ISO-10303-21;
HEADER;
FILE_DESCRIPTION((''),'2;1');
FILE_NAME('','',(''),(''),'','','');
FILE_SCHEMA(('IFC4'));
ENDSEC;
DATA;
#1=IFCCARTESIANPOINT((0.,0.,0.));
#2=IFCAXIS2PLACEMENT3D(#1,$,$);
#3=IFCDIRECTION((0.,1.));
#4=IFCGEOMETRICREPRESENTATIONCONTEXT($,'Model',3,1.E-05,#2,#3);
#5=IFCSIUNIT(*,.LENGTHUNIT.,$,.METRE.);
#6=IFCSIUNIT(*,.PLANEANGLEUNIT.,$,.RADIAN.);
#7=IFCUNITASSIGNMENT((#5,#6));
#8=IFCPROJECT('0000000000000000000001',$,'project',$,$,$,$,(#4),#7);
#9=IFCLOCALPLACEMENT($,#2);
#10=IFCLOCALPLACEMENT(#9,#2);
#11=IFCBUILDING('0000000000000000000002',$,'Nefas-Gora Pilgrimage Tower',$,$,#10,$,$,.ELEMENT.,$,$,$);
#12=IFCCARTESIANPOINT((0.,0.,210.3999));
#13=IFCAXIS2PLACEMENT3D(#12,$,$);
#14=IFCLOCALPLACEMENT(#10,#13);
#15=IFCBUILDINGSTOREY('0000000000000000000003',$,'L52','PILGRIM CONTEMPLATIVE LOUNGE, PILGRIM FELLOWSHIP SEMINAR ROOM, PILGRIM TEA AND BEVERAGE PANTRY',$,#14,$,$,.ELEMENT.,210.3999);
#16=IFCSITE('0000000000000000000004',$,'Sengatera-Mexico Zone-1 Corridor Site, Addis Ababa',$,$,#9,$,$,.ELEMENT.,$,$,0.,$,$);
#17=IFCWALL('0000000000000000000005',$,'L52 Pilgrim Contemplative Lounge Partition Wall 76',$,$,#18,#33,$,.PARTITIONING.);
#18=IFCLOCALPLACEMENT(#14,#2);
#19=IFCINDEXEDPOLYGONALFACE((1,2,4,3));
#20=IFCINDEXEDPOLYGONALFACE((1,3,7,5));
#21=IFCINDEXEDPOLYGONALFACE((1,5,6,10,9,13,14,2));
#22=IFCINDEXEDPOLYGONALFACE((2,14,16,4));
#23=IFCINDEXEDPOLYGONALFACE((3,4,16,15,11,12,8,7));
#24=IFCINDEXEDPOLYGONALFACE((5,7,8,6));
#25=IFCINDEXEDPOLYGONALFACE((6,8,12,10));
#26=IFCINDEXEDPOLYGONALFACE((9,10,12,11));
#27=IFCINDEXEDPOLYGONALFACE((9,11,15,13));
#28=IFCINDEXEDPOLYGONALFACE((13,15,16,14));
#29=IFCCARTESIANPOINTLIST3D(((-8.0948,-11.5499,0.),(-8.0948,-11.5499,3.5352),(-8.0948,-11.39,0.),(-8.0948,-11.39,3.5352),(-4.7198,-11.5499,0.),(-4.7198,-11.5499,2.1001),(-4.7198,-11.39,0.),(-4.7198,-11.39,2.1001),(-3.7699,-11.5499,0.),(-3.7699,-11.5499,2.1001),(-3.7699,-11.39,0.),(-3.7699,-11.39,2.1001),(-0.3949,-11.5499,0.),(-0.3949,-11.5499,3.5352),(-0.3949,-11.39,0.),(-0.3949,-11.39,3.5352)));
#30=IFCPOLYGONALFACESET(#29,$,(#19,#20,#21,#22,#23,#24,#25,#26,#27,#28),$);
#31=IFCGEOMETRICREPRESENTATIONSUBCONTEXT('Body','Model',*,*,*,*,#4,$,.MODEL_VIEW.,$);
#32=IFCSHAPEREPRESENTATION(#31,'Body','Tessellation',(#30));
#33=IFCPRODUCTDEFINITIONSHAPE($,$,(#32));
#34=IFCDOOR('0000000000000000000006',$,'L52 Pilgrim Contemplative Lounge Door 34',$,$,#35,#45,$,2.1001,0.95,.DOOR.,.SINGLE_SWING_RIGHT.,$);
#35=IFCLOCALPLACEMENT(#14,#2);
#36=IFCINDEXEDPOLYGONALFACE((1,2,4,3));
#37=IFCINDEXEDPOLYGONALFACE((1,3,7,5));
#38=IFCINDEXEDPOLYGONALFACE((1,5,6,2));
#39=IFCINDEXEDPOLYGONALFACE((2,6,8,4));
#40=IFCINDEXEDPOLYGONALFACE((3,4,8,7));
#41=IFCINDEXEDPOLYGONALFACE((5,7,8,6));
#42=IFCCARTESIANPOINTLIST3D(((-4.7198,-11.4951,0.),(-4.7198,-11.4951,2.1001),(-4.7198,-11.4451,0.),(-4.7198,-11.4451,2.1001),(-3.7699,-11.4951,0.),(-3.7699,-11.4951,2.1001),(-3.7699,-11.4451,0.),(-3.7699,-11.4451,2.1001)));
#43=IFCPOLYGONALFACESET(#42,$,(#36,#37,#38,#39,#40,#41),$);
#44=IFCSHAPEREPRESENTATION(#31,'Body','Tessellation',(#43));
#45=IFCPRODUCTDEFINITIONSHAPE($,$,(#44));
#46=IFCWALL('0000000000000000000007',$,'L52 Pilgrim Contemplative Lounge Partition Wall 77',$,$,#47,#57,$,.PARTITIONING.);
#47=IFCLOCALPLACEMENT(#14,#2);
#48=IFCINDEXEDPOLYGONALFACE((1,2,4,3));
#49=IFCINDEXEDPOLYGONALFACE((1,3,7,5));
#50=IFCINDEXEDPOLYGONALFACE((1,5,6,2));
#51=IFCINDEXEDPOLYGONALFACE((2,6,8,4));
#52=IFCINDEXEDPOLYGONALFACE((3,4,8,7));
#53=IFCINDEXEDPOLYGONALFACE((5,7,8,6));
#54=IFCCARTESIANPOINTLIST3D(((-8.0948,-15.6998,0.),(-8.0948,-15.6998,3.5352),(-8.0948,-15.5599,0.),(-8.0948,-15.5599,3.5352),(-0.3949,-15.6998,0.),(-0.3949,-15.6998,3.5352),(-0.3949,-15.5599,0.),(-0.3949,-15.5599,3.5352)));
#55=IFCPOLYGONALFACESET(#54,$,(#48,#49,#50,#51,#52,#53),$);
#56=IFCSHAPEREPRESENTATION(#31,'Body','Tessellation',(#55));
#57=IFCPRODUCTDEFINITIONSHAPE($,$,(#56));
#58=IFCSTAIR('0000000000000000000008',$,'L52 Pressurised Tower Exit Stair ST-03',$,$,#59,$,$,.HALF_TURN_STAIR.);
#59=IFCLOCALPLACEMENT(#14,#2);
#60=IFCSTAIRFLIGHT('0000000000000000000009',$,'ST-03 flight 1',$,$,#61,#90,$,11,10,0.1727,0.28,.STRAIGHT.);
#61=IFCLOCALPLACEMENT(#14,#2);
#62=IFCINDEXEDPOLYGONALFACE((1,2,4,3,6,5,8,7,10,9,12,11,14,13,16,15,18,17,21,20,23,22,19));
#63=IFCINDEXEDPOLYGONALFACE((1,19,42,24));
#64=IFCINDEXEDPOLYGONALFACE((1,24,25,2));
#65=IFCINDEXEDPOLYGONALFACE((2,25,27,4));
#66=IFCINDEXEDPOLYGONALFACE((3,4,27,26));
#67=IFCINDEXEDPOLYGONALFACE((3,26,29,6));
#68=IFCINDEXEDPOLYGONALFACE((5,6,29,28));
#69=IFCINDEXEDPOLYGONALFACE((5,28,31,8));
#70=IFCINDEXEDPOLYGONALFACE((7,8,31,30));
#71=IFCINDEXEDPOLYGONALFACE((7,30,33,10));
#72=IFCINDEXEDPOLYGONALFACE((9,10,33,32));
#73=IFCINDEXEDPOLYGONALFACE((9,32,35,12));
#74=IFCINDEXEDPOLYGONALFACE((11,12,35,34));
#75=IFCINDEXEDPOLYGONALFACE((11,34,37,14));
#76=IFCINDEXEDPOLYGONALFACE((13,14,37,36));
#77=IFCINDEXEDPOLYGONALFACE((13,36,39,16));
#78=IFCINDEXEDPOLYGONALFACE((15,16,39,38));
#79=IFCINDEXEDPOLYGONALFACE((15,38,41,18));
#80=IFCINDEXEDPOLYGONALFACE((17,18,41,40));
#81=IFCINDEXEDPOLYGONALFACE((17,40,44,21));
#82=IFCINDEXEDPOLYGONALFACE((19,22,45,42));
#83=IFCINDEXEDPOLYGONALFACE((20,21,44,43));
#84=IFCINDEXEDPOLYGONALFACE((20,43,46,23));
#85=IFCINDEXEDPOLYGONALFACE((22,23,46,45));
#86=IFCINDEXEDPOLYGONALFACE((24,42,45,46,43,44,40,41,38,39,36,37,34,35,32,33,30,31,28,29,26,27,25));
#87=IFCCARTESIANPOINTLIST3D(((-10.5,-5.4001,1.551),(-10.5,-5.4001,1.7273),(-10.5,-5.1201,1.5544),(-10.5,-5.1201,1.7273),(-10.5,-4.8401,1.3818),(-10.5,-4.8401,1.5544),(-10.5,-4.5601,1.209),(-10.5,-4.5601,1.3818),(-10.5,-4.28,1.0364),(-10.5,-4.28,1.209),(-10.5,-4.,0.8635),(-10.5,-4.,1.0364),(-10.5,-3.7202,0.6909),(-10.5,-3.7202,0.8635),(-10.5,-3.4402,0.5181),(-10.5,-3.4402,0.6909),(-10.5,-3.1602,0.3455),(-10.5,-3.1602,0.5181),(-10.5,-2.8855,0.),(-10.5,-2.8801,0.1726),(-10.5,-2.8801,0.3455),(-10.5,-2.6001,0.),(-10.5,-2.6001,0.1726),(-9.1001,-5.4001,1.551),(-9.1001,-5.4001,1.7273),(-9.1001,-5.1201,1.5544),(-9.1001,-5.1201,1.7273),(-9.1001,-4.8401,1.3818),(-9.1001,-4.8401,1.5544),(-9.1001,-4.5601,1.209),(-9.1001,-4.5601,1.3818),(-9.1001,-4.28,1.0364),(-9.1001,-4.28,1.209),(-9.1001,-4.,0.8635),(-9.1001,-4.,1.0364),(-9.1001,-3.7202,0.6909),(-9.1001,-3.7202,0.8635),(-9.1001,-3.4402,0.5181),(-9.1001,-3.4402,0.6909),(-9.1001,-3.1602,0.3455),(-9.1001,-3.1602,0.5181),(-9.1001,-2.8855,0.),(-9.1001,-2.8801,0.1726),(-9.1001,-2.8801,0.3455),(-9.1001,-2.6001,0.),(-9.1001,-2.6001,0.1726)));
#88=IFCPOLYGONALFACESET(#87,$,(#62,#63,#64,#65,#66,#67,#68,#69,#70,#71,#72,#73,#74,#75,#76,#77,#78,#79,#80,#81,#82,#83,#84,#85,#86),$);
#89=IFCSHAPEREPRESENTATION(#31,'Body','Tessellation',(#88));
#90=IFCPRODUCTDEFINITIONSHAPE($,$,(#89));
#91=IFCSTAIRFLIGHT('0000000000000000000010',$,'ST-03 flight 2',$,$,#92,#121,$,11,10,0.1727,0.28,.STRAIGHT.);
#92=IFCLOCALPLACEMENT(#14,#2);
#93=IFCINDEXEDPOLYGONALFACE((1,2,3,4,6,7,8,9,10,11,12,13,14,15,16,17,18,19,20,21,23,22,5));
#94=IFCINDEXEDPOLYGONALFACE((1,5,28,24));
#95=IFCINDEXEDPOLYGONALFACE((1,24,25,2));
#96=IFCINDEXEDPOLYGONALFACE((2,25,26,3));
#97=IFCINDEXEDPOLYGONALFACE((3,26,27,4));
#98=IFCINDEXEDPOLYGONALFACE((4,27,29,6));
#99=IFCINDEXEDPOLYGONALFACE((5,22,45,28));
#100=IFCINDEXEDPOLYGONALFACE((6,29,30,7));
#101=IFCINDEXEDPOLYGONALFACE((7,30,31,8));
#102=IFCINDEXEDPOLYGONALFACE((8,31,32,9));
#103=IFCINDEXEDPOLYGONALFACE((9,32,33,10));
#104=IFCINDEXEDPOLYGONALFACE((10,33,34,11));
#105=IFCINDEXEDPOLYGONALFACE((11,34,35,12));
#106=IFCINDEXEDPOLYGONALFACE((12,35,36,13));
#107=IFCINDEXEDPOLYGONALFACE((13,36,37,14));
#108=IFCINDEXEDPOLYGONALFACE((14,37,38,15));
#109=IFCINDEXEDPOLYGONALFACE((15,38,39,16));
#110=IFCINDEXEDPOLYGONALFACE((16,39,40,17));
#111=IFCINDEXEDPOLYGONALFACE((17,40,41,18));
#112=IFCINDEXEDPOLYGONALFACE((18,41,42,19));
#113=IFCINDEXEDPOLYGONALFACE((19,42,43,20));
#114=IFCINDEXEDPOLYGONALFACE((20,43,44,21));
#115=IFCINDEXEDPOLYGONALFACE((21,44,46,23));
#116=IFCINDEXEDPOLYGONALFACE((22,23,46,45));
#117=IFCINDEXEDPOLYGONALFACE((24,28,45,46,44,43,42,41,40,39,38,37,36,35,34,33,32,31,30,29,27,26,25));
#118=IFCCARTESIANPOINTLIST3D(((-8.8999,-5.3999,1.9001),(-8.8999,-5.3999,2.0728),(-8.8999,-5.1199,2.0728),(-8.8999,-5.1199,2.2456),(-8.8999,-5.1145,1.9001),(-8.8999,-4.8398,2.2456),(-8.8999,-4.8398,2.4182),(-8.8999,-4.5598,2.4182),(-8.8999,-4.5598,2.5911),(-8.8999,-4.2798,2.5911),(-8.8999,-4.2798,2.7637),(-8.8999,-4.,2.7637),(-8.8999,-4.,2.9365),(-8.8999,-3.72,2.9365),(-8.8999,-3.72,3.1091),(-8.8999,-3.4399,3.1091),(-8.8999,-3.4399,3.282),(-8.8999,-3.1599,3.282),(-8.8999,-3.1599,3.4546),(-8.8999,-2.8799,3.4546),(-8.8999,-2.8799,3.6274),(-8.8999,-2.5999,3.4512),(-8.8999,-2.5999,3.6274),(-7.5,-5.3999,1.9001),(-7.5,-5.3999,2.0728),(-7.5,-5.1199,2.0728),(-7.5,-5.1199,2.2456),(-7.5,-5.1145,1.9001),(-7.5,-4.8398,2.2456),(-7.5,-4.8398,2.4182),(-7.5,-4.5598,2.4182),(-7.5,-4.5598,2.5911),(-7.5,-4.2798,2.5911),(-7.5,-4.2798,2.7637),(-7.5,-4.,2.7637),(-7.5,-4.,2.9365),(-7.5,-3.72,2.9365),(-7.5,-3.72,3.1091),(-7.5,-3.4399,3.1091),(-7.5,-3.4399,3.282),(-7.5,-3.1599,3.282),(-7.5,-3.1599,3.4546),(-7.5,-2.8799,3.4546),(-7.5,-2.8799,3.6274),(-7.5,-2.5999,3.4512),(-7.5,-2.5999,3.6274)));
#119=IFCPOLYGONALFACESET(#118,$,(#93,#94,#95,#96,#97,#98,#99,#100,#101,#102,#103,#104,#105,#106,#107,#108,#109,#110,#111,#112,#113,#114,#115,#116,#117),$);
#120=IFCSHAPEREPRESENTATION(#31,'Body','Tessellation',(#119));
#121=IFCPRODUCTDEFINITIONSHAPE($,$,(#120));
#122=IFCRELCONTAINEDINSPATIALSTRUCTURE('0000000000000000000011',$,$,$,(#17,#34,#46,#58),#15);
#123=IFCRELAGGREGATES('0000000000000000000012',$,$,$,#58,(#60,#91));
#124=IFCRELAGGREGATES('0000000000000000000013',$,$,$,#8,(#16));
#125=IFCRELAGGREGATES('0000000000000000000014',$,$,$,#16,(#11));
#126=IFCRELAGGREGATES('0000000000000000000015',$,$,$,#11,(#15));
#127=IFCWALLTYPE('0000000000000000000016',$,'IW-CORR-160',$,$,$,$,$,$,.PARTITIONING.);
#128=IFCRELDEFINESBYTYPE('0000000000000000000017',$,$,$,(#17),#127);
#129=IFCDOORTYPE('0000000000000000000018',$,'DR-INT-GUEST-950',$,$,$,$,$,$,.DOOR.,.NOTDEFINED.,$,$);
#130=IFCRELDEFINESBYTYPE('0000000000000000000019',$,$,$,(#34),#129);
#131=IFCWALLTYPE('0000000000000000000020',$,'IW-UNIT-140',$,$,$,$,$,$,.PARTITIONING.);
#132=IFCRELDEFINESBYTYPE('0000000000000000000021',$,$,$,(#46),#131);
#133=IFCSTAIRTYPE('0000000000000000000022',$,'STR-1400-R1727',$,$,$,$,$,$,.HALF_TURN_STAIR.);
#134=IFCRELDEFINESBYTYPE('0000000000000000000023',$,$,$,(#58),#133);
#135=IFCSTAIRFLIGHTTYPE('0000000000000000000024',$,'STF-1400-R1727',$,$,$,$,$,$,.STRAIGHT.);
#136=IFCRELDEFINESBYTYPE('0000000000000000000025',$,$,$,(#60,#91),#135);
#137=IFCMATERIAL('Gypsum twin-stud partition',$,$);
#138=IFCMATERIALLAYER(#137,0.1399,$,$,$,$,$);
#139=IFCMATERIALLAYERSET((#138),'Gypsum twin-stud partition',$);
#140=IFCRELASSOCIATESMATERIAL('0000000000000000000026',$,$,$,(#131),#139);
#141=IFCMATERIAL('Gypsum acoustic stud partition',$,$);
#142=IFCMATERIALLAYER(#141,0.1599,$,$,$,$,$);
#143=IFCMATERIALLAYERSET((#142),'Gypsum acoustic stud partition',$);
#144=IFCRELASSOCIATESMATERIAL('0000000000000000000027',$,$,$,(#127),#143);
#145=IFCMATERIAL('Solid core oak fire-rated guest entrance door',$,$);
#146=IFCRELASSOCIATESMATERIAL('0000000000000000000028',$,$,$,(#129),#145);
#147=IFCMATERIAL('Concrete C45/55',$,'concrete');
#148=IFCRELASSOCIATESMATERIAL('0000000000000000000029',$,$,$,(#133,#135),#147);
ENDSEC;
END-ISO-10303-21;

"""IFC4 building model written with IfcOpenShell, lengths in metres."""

from ifc_helpers import new_model, si_unit, direction, frame, frame_2d, origin, place, context, subcontext, project, spatial, polyline, rectangle, outline, extrude, source, transform, mapped, material, layer, layer_set, type_object, element, fill, aggregate, save


model = new_model("IFC4")

# Units and contexts
model_context = context("Model", 3, precision=1e-05, world=origin(), true_north=direction((0.0, 1.0)))
body_context = subcontext(model_context, "Body", "Model", "MODEL_VIEW")
ifc_project = project(units=[si_unit("LENGTHUNIT", "METRE"), si_unit("PLANEANGLEUNIT", "RADIAN")], contexts=[model_context])

# Site, building, storey
site_placement = place(None, origin())
site = spatial("IfcSite", under=ifc_project, at=site_placement, Name="Sengatera-Mexico Zone-1 Corridor Site, Addis Ababa", CompositionType="ELEMENT", RefElevation=0.0)
building_placement = place(site_placement, origin())
building = spatial("IfcBuilding", under=site, at=building_placement, Name="Nefas-Gora Pilgrimage Tower", CompositionType="ELEMENT")
storey_placement = place(building_placement, frame((0.0, 0.0, 210.3999)))
storey = spatial("IfcBuildingStorey", under=building, at=storey_placement, Name="L52", Description="PILGRIM CONTEMPLATIVE LOUNGE, PILGRIM FELLOWSHIP SEMINAR ROOM, PILGRIM TEA AND BEVERAGE PANTRY", CompositionType="ELEMENT", Elevation=210.3999)

# Shared definitions
ifc_material_1 = material(Name="Gypsum twin-stud partition")
ifc_layer_1 = layer(ifc_material_1, 0.1399)
ifc_layer_set_1 = layer_set([ifc_layer_1], Name="Gypsum twin-stud partition")
wall_type_1 = type_object("IfcWallType", Name="IW-UNIT-140", PredefinedType="PARTITIONING", material=ifc_layer_set_1)
ifc_material_2 = material(Name="Gypsum acoustic stud partition")
ifc_layer_2 = layer(ifc_material_2, 0.1599)
ifc_layer_set_2 = layer_set([ifc_layer_2], Name="Gypsum acoustic stud partition")
wall_type_2 = type_object("IfcWallType", Name="IW-CORR-160", PredefinedType="PARTITIONING", material=ifc_layer_set_2)

# Shared definitions
ifc_material_3 = material(Name="Solid core oak fire-rated guest entrance door")
door_type_1 = type_object("IfcDoorType", Name="DR-INT-GUEST-950", OperationType="NOTDEFINED", PredefinedType="DOOR", material=ifc_material_3)
shared_shape_1 = source(origin(), body_context, "Body", "SweptSolid", [
    extrude(rectangle(XDim=0.95, YDim=2.1001, at=frame_2d((0.4751, 1.05))), frame((0.0, 0.0249, 0.0), z_axis=(0.0, -1.0, 0.0), x_axis=(1.0, 0.0, 0.0)), (0.0, 0.0, 1.0), 0.05),
])

# Wall, opening, door
shared_shape_2 = source(origin(), body_context, "Body", "SweptSolid", [
    extrude(rectangle(XDim=7.7, YDim=0.1599, at=frame_2d((3.8501, 0.0))), origin(), (0.0, 0.0, 1.0), 3.5352),
])
wall_1_placement = place(storey_placement, frame((-8.095, -11.47, 0.0), z_axis=(0.0, 0.0, 1.0), x_axis=(1.0, 0.0, 0.0)))
wall_1 = element("IfcWall", 1, at=wall_1_placement, inside=storey, type_object=wall_type_2, Name="L52 Pilgrim Contemplative Lounge Partition Wall 76", PredefinedType="PARTITIONING", context=body_context, shape_type="MappedRepresentation", body=[
    mapped(shared_shape_2, transform((0.0, 0.0, 0.0), x_axis=(1.0, 0.0, 0.0), y_axis=(0.0, 1.0, 0.0), z_axis=(0.0, 0.0, 1.0), scale=1.0)),
])
opening_1_placement = place(wall_1_placement, frame((3.375, 0.0, 0.0)))
opening_1 = element("IfcOpeningElement", 2, at=opening_1_placement, cuts=wall_1, PredefinedType="OPENING", context=body_context, shape_type="SweptSolid", body=[
    extrude(rectangle(XDim=0.95, YDim=2.1001, at=frame_2d((0.4751, 1.05))), frame((0.0, 0.0898, 0.0), z_axis=(0.0, -1.0, 0.0), x_axis=(1.0, 0.0, 0.0)), (0.0, 0.0, 1.0), 0.1799),
])
door_1_placement = place(opening_1_placement, origin())
door_1 = element("IfcDoor", 3, at=door_1_placement, inside=storey, type_object=door_type_1, Name="L52 Pilgrim Contemplative Lounge Door 34", OperationType="SINGLE_SWING_RIGHT", OverallHeight=2.1001, OverallWidth=0.95, PredefinedType="DOOR", context=body_context, shape_type="MappedRepresentation", body=[
    mapped(shared_shape_1, transform((0.0, 0.0, 0.0), x_axis=(1.0, 0.0, 0.0), y_axis=(0.0, 1.0, 0.0), z_axis=(0.0, 0.0, 1.0), scale=1.0)),
])
fill(opening_1, door_1)

# Wall
shared_shape_3 = source(origin(), body_context, "Body", "SweptSolid", [
    extrude(rectangle(XDim=7.7, YDim=0.1399, at=frame_2d((3.8501, 0.0))), origin(), (0.0, 0.0, 1.0), 3.5352),
])
wall_2_placement = place(storey_placement, frame((-8.095, -15.6299, 0.0), z_axis=(0.0, 0.0, 1.0), x_axis=(1.0, 0.0, 0.0)))
element("IfcWall", 4, at=wall_2_placement, inside=storey, type_object=wall_type_1, Name="L52 Pilgrim Contemplative Lounge Partition Wall 77", PredefinedType="PARTITIONING", context=body_context, shape_type="MappedRepresentation", body=[
    mapped(shared_shape_3, transform((0.0, 0.0, 0.0), x_axis=(1.0, 0.0, 0.0), y_axis=(0.0, 1.0, 0.0), z_axis=(0.0, 0.0, 1.0), scale=1.0)),
])

# Stair, stair flights
ifc_material_4 = material(Name="Concrete C45/55", Category="concrete")
stair_type = type_object("IfcStairType", Name="STR-1400-R1727", PredefinedType="HALF_TURN_STAIR", material=ifc_material_4)
stair_placement = place(storey_placement, origin())
stair = element("IfcStair", 5, at=stair_placement, inside=storey, type_object=stair_type, Name="L52 Pressurised Tower Exit Stair ST-03", PredefinedType="HALF_TURN_STAIR")
stair_flight_type = type_object("IfcStairFlightType", Name="STF-1400-R1727", PredefinedType="STRAIGHT", material=ifc_material_4)
shared_shape_4 = source(origin(), body_context, "Body", "SweptSolid", [
    extrude(outline(polyline([(0.0, 0.0), (0.0, 0.1726), (0.28, 0.1726), (0.28, 0.3455), (0.5601, 0.3455), (0.5601, 0.5181), (0.8401, 0.5181), (0.8401, 0.6909), (1.1201, 0.6909), (1.1201, 0.8635), (1.3999, 0.8635), (1.3999, 1.0364), (1.6799, 1.0364), (1.6799, 1.209), (1.96, 1.209), (1.96, 1.3818), (2.24, 1.3818), (2.24, 1.5544), (2.52, 1.5544), (2.52, 1.7273), (2.8, 1.7273), (2.8, 1.8999), (2.8, 1.551), (0.2854, 0.0), (0.0, 0.0)])), frame((0.0, 0.7, 0.0), z_axis=(0.0, -1.0, 0.0), x_axis=(1.0, 0.0, 0.0)), (0.0, 0.0, 1.0), 1.3999),
])
stair_flight_1_placement = place(storey_placement, frame((-9.8, -2.6001, 0.0), z_axis=(0.0, 0.0, 1.0), x_axis=(0.0, -1.0, 0.0)))
stair_flight_1 = element("IfcStairFlight", 6, at=stair_flight_1_placement, type_object=stair_flight_type, Name="ST-03 flight 1", NumberOfRisers=11, NumberOfTreads=10, PredefinedType="STRAIGHT", RiserHeight=0.1727, TreadLength=0.28, context=body_context, shape_type="MappedRepresentation", body=[
    mapped(shared_shape_4, transform((0.0, 0.0, 0.0), x_axis=(1.0, 0.0, 0.0), y_axis=(0.0, 1.0, 0.0), z_axis=(0.0, 0.0, 1.0), scale=1.0)),
])
stair_flight_2_placement = place(storey_placement, frame((-8.2, -5.3999, 1.9001), z_axis=(0.0, 0.0, 1.0), x_axis=(0.0, 1.0, 0.0)))
stair_flight_2 = element("IfcStairFlight", 7, at=stair_flight_2_placement, type_object=stair_flight_type, Name="ST-03 flight 2", NumberOfRisers=11, NumberOfTreads=10, PredefinedType="STRAIGHT", RiserHeight=0.1727, TreadLength=0.28, context=body_context, shape_type="MappedRepresentation", body=[
    mapped(shared_shape_4, transform((0.0, 0.0, 0.0), x_axis=(1.0, 0.0, 0.0), y_axis=(0.0, 1.0, 0.0), z_axis=(0.0, 0.0, 1.0), scale=1.0)),
])
aggregate(stair, [stair_flight_1, stair_flight_2])

save(model, "model.ifc")
